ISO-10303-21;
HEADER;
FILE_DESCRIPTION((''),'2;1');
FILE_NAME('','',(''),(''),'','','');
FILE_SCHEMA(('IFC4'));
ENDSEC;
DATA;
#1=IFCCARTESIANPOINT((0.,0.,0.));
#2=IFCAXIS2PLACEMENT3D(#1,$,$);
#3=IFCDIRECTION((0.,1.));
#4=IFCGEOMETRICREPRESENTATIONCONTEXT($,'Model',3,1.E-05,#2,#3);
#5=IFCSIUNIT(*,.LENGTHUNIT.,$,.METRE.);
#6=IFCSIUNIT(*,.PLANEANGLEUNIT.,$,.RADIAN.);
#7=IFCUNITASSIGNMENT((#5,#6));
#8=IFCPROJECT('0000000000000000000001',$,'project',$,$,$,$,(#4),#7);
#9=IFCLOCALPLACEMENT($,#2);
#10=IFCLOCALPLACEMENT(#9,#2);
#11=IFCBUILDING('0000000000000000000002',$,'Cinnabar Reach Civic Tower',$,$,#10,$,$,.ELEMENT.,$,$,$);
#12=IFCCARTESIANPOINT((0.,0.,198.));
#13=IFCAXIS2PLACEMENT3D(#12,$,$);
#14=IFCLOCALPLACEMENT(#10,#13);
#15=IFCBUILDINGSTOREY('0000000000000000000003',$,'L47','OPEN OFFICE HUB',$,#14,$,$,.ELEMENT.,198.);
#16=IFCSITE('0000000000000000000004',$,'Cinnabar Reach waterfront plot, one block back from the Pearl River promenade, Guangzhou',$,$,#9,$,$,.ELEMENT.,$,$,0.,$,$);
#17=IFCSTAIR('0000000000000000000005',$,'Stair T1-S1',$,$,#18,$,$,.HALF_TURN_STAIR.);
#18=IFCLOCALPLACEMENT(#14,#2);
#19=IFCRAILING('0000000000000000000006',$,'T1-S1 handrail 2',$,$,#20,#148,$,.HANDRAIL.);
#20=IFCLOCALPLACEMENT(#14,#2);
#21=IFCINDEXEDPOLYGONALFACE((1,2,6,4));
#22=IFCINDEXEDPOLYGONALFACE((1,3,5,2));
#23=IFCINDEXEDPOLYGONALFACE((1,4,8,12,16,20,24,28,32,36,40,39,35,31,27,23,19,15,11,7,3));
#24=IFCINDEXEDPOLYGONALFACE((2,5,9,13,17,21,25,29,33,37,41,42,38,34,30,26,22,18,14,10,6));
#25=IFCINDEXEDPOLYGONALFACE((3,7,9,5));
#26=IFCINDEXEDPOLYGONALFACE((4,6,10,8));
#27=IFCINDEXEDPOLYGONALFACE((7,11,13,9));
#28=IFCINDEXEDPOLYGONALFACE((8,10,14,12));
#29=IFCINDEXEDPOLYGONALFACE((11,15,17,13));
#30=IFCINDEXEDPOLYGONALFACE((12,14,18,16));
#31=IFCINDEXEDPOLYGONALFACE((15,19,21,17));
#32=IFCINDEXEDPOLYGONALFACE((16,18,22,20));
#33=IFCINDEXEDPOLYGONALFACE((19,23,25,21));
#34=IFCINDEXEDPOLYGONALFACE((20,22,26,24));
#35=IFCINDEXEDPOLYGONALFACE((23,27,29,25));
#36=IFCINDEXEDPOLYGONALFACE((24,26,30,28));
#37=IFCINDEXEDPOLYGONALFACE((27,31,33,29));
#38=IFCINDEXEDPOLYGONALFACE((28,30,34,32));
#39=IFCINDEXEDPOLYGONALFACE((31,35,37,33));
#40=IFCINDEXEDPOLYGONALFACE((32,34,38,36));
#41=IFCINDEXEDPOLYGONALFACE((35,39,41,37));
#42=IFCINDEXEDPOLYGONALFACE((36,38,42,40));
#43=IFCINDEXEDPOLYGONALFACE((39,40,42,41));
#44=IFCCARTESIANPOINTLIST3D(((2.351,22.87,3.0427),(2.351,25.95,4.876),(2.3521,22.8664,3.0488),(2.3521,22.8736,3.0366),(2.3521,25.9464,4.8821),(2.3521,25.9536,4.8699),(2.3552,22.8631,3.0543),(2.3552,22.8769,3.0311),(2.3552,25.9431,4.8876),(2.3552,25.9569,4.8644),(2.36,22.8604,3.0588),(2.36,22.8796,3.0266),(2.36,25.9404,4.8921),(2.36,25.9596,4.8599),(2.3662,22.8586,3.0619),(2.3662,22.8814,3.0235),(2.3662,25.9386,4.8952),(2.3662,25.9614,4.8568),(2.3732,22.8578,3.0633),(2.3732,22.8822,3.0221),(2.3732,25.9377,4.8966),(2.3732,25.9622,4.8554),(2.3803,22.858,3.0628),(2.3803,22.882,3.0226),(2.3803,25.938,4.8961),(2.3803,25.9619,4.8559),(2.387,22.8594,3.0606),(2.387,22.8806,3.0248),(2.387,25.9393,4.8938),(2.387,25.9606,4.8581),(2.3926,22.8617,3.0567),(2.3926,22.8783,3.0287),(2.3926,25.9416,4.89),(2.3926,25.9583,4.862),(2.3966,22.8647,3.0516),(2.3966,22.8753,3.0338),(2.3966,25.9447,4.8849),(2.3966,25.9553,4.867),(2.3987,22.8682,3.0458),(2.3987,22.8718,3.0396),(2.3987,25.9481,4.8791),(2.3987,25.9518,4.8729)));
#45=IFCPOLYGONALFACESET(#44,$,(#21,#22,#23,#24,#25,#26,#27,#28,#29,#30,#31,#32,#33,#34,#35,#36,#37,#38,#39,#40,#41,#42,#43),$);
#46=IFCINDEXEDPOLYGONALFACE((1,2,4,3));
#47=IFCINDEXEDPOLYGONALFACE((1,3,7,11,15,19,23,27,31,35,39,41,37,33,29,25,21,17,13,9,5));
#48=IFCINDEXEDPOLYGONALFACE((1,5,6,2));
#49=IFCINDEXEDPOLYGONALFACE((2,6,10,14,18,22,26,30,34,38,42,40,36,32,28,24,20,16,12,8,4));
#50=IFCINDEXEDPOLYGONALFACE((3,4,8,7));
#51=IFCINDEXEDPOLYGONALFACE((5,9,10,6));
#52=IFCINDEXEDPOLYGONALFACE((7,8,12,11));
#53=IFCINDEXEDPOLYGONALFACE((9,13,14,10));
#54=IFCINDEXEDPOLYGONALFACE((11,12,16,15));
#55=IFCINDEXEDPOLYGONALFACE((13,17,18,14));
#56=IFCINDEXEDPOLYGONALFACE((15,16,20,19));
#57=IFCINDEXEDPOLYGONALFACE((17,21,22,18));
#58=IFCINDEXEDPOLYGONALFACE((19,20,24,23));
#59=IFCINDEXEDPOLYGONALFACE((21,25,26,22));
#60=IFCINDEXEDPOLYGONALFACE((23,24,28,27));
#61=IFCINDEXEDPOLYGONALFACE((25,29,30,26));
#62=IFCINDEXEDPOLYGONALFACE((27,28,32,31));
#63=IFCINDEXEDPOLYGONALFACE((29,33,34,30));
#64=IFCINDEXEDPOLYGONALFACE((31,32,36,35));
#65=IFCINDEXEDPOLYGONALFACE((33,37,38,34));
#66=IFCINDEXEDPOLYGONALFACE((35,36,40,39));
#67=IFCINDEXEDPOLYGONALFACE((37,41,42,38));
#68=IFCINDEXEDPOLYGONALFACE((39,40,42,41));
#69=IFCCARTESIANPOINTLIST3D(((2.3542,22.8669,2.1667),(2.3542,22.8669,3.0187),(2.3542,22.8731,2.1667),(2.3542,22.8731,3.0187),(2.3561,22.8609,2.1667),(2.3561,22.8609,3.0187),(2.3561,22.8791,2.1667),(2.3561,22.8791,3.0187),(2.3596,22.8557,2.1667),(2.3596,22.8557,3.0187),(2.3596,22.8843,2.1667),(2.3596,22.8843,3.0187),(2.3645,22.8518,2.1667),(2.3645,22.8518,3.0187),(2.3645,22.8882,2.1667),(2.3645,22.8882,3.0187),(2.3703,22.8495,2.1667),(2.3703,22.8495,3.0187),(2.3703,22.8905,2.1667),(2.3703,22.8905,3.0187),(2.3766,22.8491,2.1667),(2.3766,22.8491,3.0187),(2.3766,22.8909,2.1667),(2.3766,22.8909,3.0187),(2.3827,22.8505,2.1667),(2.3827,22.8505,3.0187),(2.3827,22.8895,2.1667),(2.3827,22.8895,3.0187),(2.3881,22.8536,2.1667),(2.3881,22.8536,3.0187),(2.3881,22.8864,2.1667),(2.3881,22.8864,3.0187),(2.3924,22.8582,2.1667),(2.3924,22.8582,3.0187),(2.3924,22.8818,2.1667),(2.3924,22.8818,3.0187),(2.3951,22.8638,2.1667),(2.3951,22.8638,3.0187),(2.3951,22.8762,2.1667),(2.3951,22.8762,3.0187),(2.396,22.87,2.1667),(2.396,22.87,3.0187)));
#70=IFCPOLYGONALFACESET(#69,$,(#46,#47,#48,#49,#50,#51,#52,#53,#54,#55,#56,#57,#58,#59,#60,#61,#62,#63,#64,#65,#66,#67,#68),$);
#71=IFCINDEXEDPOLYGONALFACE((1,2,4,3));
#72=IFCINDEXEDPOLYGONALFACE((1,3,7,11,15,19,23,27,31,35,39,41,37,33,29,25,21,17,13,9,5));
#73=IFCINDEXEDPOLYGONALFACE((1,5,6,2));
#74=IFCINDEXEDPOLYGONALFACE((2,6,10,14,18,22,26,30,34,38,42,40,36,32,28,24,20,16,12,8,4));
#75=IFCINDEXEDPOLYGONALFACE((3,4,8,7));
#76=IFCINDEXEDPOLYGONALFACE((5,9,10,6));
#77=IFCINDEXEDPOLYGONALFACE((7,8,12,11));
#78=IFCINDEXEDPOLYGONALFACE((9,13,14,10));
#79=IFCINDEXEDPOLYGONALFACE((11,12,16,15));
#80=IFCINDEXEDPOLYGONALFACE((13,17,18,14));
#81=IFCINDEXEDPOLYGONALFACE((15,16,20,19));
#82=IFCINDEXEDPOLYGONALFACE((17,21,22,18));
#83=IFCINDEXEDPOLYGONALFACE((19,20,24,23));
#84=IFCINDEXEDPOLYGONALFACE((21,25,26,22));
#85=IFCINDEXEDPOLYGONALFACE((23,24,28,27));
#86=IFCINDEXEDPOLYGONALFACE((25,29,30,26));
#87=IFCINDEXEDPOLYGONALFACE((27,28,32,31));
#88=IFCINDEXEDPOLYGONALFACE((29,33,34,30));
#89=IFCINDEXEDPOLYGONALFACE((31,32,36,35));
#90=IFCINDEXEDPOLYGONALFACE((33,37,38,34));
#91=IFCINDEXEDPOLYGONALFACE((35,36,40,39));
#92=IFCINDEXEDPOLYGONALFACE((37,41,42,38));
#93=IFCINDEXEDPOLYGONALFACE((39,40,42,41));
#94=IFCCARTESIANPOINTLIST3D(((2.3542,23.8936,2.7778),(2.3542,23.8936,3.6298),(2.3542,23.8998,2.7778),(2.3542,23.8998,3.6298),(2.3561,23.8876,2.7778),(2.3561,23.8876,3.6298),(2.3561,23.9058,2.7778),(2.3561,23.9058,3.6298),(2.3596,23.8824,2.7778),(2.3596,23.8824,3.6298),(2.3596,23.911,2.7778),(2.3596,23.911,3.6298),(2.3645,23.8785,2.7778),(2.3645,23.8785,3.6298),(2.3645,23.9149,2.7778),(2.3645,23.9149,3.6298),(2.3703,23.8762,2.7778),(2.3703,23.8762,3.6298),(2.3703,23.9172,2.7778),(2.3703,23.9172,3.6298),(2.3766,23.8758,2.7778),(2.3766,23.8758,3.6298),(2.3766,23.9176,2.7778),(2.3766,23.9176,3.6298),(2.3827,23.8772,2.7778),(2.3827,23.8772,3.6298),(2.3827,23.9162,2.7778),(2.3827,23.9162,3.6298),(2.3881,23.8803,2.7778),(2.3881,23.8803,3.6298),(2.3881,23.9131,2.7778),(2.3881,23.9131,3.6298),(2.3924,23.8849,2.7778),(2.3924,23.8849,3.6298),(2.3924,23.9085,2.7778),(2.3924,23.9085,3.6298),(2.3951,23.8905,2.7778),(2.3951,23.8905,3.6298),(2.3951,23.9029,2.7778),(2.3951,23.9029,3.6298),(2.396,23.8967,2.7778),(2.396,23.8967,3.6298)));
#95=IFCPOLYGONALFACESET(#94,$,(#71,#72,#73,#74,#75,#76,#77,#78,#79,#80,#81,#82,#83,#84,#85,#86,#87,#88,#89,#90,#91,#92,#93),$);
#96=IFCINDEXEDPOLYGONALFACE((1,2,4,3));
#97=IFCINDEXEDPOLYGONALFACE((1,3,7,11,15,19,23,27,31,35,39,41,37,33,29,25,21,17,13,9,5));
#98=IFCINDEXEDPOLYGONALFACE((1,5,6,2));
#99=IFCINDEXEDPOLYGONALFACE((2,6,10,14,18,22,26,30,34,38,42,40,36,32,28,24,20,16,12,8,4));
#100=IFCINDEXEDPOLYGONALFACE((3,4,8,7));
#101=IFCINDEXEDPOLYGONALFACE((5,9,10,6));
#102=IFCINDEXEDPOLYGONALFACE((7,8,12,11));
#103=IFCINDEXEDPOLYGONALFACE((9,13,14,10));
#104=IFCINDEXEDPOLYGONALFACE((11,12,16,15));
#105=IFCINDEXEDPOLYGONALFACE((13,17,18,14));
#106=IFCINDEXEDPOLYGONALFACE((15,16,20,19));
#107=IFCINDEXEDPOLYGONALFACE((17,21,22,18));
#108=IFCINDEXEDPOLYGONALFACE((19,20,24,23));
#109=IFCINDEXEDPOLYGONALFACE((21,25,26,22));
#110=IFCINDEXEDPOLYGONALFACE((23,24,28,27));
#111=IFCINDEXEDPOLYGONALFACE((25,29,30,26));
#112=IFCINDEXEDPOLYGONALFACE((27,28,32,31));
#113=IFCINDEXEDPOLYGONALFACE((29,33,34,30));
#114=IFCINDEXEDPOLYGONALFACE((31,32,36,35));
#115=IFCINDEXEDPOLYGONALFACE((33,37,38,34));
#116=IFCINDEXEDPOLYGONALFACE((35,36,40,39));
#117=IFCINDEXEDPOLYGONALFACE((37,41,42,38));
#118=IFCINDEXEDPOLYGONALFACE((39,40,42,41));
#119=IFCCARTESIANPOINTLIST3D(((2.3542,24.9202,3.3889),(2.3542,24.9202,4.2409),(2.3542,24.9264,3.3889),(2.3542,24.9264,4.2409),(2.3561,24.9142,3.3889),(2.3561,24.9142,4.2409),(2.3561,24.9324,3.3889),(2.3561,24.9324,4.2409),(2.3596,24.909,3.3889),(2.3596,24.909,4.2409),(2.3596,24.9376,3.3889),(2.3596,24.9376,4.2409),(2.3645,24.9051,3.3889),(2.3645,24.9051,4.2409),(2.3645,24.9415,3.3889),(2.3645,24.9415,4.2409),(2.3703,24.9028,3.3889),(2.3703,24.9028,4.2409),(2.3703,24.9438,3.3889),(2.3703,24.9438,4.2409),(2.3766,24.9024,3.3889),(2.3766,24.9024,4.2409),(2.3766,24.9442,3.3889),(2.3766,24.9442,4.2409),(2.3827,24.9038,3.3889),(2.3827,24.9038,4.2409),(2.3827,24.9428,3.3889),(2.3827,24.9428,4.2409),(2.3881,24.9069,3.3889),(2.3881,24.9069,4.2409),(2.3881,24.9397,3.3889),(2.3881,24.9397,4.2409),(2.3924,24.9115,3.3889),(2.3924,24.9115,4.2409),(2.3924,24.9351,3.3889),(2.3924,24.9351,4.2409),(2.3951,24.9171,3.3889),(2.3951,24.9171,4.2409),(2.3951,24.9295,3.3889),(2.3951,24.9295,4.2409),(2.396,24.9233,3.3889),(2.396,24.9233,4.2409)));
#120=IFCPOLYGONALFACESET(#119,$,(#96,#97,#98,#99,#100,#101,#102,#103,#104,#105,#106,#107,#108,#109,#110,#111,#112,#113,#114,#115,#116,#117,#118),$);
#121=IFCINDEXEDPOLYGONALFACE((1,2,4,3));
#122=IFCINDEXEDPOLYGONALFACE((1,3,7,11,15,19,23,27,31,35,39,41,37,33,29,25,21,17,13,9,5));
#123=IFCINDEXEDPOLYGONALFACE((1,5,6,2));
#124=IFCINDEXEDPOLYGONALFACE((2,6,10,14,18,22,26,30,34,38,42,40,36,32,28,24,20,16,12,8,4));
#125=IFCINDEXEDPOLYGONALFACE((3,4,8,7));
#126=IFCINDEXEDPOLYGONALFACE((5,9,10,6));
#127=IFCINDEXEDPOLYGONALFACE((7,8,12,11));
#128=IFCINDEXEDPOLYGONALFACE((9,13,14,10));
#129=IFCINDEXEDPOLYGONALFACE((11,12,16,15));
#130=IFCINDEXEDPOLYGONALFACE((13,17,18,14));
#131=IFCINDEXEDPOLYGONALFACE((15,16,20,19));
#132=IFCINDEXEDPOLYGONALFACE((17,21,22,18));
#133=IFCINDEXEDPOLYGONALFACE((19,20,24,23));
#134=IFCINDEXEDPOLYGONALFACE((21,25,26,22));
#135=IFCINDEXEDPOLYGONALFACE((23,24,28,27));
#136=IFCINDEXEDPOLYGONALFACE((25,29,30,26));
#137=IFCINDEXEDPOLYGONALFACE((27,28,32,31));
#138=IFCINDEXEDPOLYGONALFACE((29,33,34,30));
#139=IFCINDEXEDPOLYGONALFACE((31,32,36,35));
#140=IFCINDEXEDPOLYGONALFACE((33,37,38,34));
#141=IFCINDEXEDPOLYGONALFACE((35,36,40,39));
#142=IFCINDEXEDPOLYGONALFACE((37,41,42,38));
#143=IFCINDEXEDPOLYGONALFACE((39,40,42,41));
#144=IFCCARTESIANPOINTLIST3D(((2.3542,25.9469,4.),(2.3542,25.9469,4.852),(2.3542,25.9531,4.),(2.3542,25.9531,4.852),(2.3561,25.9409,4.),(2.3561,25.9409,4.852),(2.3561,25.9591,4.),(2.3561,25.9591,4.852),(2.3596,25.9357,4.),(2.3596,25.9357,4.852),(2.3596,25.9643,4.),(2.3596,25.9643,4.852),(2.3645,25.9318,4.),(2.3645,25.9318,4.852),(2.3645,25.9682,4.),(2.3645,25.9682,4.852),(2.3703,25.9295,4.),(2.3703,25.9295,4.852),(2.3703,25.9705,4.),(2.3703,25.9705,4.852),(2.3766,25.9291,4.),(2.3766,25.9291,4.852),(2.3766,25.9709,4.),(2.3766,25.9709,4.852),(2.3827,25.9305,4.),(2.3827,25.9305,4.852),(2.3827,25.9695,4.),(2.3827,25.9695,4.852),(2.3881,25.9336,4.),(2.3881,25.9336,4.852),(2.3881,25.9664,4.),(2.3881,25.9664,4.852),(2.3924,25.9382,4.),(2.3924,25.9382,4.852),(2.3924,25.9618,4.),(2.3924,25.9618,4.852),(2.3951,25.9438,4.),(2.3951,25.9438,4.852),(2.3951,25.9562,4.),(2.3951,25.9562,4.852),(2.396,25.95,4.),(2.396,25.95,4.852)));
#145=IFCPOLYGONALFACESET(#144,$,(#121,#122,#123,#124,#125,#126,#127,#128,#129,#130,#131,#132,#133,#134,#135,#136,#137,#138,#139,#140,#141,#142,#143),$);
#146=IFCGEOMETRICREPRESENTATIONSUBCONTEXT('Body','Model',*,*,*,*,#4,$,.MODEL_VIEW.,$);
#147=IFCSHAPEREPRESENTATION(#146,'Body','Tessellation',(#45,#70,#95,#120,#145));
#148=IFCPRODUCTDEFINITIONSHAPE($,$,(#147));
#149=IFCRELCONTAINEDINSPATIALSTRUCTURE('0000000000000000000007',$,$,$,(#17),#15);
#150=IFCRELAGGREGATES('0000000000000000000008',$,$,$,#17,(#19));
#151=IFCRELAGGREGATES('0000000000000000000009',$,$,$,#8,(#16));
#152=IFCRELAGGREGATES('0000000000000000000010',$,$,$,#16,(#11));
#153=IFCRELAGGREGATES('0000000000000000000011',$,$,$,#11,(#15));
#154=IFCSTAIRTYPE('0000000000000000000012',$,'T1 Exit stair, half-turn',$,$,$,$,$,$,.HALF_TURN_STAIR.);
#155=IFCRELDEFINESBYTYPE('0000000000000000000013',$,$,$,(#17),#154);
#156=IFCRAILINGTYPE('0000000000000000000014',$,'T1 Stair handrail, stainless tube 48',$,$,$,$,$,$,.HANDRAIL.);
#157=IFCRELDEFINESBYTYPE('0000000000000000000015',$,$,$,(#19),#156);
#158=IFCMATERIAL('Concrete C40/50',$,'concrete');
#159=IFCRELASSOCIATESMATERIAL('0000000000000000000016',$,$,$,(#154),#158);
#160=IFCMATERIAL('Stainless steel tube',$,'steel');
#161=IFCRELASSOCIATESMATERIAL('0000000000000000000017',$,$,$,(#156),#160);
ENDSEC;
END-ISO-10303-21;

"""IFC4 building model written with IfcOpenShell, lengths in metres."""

from ifc_helpers import new_model, si_unit, direction, frame, origin, origin_2d, place, context, subcontext, project, spatial, circle, extrude, material, type_object, element, aggregate, save


model = new_model("IFC4")

# Units and contexts
model_context = context("Model", 3, precision=1e-05, world=origin(), true_north=direction((0.0, 1.0)))
body_context = subcontext(model_context, "Body", "Model", "MODEL_VIEW")
ifc_project = project(units=[si_unit("LENGTHUNIT", "METRE"), si_unit("PLANEANGLEUNIT", "RADIAN")], contexts=[model_context])

# Site, building, storey
site_placement = place(None, origin())
site = spatial("IfcSite", under=ifc_project, at=site_placement, Name="Cinnabar Reach waterfront plot, one block back from the Pearl River promenade, Guangzhou", CompositionType="ELEMENT", RefElevation=0.0)
building_placement = place(site_placement, origin())
building = spatial("IfcBuilding", under=site, at=building_placement, Name="Cinnabar Reach Civic Tower", CompositionType="ELEMENT")
storey_placement = place(building_placement, frame((0.0, 0.0, 198.0)))
storey = spatial("IfcBuildingStorey", under=building, at=storey_placement, Name="L47", Description="OPEN OFFICE HUB", CompositionType="ELEMENT", Elevation=198.0)

# Shared definitions
ifc_material_1 = material(Name="Concrete C40/50", Category="concrete")

# Stair, railing
stair_type = type_object("IfcStairType", Name="T1 Exit stair, half-turn", PredefinedType="HALF_TURN_STAIR", material=ifc_material_1)
stair_placement = place(storey_placement, origin())
stair = element("IfcStair", 1, at=stair_placement, inside=storey, type_object=stair_type, Name="Stair T1-S1", PredefinedType="HALF_TURN_STAIR")
ifc_material_2 = material(Name="Stainless steel tube", Category="steel")
railing_type = type_object("IfcRailingType", Name="T1 Stair handrail, stainless tube 48", PredefinedType="HANDRAIL", material=ifc_material_2)
railing_1_placement = place(storey_placement, frame((2.375, 22.87, 2.1667)))
railing_1 = element("IfcRailing", 2, at=railing_1_placement, type_object=railing_type, Name="T1-S1 handrail 2", PredefinedType="HANDRAIL", context=body_context, shape_type="SweptSolid", body=[
    extrude(circle(Radius=0.024, at=origin_2d()), frame((0.0, 0.0, 0.876), z_axis=(0.0, 0.859297, 0.511477), x_axis=(-1.0, 0.0, 0.0)), (0.0, 0.0, 1.0), 3.5843),
    extrude(circle(Radius=0.021, at=origin_2d()), origin(), (0.0, 0.0, 1.0), 0.852),
    extrude(circle(Radius=0.021, at=origin_2d()), frame((0.0, 1.0267, 0.6111)), (0.0, 0.0, 1.0), 0.852),
    extrude(circle(Radius=0.021, at=origin_2d()), frame((0.0, 2.0533, 1.2222)), (0.0, 0.0, 1.0), 0.852),
    extrude(circle(Radius=0.021, at=origin_2d()), frame((0.0, 3.08, 1.8333)), (0.0, 0.0, 1.0), 0.852),
])
aggregate(stair, [railing_1])

save(model, "model.ifc")
